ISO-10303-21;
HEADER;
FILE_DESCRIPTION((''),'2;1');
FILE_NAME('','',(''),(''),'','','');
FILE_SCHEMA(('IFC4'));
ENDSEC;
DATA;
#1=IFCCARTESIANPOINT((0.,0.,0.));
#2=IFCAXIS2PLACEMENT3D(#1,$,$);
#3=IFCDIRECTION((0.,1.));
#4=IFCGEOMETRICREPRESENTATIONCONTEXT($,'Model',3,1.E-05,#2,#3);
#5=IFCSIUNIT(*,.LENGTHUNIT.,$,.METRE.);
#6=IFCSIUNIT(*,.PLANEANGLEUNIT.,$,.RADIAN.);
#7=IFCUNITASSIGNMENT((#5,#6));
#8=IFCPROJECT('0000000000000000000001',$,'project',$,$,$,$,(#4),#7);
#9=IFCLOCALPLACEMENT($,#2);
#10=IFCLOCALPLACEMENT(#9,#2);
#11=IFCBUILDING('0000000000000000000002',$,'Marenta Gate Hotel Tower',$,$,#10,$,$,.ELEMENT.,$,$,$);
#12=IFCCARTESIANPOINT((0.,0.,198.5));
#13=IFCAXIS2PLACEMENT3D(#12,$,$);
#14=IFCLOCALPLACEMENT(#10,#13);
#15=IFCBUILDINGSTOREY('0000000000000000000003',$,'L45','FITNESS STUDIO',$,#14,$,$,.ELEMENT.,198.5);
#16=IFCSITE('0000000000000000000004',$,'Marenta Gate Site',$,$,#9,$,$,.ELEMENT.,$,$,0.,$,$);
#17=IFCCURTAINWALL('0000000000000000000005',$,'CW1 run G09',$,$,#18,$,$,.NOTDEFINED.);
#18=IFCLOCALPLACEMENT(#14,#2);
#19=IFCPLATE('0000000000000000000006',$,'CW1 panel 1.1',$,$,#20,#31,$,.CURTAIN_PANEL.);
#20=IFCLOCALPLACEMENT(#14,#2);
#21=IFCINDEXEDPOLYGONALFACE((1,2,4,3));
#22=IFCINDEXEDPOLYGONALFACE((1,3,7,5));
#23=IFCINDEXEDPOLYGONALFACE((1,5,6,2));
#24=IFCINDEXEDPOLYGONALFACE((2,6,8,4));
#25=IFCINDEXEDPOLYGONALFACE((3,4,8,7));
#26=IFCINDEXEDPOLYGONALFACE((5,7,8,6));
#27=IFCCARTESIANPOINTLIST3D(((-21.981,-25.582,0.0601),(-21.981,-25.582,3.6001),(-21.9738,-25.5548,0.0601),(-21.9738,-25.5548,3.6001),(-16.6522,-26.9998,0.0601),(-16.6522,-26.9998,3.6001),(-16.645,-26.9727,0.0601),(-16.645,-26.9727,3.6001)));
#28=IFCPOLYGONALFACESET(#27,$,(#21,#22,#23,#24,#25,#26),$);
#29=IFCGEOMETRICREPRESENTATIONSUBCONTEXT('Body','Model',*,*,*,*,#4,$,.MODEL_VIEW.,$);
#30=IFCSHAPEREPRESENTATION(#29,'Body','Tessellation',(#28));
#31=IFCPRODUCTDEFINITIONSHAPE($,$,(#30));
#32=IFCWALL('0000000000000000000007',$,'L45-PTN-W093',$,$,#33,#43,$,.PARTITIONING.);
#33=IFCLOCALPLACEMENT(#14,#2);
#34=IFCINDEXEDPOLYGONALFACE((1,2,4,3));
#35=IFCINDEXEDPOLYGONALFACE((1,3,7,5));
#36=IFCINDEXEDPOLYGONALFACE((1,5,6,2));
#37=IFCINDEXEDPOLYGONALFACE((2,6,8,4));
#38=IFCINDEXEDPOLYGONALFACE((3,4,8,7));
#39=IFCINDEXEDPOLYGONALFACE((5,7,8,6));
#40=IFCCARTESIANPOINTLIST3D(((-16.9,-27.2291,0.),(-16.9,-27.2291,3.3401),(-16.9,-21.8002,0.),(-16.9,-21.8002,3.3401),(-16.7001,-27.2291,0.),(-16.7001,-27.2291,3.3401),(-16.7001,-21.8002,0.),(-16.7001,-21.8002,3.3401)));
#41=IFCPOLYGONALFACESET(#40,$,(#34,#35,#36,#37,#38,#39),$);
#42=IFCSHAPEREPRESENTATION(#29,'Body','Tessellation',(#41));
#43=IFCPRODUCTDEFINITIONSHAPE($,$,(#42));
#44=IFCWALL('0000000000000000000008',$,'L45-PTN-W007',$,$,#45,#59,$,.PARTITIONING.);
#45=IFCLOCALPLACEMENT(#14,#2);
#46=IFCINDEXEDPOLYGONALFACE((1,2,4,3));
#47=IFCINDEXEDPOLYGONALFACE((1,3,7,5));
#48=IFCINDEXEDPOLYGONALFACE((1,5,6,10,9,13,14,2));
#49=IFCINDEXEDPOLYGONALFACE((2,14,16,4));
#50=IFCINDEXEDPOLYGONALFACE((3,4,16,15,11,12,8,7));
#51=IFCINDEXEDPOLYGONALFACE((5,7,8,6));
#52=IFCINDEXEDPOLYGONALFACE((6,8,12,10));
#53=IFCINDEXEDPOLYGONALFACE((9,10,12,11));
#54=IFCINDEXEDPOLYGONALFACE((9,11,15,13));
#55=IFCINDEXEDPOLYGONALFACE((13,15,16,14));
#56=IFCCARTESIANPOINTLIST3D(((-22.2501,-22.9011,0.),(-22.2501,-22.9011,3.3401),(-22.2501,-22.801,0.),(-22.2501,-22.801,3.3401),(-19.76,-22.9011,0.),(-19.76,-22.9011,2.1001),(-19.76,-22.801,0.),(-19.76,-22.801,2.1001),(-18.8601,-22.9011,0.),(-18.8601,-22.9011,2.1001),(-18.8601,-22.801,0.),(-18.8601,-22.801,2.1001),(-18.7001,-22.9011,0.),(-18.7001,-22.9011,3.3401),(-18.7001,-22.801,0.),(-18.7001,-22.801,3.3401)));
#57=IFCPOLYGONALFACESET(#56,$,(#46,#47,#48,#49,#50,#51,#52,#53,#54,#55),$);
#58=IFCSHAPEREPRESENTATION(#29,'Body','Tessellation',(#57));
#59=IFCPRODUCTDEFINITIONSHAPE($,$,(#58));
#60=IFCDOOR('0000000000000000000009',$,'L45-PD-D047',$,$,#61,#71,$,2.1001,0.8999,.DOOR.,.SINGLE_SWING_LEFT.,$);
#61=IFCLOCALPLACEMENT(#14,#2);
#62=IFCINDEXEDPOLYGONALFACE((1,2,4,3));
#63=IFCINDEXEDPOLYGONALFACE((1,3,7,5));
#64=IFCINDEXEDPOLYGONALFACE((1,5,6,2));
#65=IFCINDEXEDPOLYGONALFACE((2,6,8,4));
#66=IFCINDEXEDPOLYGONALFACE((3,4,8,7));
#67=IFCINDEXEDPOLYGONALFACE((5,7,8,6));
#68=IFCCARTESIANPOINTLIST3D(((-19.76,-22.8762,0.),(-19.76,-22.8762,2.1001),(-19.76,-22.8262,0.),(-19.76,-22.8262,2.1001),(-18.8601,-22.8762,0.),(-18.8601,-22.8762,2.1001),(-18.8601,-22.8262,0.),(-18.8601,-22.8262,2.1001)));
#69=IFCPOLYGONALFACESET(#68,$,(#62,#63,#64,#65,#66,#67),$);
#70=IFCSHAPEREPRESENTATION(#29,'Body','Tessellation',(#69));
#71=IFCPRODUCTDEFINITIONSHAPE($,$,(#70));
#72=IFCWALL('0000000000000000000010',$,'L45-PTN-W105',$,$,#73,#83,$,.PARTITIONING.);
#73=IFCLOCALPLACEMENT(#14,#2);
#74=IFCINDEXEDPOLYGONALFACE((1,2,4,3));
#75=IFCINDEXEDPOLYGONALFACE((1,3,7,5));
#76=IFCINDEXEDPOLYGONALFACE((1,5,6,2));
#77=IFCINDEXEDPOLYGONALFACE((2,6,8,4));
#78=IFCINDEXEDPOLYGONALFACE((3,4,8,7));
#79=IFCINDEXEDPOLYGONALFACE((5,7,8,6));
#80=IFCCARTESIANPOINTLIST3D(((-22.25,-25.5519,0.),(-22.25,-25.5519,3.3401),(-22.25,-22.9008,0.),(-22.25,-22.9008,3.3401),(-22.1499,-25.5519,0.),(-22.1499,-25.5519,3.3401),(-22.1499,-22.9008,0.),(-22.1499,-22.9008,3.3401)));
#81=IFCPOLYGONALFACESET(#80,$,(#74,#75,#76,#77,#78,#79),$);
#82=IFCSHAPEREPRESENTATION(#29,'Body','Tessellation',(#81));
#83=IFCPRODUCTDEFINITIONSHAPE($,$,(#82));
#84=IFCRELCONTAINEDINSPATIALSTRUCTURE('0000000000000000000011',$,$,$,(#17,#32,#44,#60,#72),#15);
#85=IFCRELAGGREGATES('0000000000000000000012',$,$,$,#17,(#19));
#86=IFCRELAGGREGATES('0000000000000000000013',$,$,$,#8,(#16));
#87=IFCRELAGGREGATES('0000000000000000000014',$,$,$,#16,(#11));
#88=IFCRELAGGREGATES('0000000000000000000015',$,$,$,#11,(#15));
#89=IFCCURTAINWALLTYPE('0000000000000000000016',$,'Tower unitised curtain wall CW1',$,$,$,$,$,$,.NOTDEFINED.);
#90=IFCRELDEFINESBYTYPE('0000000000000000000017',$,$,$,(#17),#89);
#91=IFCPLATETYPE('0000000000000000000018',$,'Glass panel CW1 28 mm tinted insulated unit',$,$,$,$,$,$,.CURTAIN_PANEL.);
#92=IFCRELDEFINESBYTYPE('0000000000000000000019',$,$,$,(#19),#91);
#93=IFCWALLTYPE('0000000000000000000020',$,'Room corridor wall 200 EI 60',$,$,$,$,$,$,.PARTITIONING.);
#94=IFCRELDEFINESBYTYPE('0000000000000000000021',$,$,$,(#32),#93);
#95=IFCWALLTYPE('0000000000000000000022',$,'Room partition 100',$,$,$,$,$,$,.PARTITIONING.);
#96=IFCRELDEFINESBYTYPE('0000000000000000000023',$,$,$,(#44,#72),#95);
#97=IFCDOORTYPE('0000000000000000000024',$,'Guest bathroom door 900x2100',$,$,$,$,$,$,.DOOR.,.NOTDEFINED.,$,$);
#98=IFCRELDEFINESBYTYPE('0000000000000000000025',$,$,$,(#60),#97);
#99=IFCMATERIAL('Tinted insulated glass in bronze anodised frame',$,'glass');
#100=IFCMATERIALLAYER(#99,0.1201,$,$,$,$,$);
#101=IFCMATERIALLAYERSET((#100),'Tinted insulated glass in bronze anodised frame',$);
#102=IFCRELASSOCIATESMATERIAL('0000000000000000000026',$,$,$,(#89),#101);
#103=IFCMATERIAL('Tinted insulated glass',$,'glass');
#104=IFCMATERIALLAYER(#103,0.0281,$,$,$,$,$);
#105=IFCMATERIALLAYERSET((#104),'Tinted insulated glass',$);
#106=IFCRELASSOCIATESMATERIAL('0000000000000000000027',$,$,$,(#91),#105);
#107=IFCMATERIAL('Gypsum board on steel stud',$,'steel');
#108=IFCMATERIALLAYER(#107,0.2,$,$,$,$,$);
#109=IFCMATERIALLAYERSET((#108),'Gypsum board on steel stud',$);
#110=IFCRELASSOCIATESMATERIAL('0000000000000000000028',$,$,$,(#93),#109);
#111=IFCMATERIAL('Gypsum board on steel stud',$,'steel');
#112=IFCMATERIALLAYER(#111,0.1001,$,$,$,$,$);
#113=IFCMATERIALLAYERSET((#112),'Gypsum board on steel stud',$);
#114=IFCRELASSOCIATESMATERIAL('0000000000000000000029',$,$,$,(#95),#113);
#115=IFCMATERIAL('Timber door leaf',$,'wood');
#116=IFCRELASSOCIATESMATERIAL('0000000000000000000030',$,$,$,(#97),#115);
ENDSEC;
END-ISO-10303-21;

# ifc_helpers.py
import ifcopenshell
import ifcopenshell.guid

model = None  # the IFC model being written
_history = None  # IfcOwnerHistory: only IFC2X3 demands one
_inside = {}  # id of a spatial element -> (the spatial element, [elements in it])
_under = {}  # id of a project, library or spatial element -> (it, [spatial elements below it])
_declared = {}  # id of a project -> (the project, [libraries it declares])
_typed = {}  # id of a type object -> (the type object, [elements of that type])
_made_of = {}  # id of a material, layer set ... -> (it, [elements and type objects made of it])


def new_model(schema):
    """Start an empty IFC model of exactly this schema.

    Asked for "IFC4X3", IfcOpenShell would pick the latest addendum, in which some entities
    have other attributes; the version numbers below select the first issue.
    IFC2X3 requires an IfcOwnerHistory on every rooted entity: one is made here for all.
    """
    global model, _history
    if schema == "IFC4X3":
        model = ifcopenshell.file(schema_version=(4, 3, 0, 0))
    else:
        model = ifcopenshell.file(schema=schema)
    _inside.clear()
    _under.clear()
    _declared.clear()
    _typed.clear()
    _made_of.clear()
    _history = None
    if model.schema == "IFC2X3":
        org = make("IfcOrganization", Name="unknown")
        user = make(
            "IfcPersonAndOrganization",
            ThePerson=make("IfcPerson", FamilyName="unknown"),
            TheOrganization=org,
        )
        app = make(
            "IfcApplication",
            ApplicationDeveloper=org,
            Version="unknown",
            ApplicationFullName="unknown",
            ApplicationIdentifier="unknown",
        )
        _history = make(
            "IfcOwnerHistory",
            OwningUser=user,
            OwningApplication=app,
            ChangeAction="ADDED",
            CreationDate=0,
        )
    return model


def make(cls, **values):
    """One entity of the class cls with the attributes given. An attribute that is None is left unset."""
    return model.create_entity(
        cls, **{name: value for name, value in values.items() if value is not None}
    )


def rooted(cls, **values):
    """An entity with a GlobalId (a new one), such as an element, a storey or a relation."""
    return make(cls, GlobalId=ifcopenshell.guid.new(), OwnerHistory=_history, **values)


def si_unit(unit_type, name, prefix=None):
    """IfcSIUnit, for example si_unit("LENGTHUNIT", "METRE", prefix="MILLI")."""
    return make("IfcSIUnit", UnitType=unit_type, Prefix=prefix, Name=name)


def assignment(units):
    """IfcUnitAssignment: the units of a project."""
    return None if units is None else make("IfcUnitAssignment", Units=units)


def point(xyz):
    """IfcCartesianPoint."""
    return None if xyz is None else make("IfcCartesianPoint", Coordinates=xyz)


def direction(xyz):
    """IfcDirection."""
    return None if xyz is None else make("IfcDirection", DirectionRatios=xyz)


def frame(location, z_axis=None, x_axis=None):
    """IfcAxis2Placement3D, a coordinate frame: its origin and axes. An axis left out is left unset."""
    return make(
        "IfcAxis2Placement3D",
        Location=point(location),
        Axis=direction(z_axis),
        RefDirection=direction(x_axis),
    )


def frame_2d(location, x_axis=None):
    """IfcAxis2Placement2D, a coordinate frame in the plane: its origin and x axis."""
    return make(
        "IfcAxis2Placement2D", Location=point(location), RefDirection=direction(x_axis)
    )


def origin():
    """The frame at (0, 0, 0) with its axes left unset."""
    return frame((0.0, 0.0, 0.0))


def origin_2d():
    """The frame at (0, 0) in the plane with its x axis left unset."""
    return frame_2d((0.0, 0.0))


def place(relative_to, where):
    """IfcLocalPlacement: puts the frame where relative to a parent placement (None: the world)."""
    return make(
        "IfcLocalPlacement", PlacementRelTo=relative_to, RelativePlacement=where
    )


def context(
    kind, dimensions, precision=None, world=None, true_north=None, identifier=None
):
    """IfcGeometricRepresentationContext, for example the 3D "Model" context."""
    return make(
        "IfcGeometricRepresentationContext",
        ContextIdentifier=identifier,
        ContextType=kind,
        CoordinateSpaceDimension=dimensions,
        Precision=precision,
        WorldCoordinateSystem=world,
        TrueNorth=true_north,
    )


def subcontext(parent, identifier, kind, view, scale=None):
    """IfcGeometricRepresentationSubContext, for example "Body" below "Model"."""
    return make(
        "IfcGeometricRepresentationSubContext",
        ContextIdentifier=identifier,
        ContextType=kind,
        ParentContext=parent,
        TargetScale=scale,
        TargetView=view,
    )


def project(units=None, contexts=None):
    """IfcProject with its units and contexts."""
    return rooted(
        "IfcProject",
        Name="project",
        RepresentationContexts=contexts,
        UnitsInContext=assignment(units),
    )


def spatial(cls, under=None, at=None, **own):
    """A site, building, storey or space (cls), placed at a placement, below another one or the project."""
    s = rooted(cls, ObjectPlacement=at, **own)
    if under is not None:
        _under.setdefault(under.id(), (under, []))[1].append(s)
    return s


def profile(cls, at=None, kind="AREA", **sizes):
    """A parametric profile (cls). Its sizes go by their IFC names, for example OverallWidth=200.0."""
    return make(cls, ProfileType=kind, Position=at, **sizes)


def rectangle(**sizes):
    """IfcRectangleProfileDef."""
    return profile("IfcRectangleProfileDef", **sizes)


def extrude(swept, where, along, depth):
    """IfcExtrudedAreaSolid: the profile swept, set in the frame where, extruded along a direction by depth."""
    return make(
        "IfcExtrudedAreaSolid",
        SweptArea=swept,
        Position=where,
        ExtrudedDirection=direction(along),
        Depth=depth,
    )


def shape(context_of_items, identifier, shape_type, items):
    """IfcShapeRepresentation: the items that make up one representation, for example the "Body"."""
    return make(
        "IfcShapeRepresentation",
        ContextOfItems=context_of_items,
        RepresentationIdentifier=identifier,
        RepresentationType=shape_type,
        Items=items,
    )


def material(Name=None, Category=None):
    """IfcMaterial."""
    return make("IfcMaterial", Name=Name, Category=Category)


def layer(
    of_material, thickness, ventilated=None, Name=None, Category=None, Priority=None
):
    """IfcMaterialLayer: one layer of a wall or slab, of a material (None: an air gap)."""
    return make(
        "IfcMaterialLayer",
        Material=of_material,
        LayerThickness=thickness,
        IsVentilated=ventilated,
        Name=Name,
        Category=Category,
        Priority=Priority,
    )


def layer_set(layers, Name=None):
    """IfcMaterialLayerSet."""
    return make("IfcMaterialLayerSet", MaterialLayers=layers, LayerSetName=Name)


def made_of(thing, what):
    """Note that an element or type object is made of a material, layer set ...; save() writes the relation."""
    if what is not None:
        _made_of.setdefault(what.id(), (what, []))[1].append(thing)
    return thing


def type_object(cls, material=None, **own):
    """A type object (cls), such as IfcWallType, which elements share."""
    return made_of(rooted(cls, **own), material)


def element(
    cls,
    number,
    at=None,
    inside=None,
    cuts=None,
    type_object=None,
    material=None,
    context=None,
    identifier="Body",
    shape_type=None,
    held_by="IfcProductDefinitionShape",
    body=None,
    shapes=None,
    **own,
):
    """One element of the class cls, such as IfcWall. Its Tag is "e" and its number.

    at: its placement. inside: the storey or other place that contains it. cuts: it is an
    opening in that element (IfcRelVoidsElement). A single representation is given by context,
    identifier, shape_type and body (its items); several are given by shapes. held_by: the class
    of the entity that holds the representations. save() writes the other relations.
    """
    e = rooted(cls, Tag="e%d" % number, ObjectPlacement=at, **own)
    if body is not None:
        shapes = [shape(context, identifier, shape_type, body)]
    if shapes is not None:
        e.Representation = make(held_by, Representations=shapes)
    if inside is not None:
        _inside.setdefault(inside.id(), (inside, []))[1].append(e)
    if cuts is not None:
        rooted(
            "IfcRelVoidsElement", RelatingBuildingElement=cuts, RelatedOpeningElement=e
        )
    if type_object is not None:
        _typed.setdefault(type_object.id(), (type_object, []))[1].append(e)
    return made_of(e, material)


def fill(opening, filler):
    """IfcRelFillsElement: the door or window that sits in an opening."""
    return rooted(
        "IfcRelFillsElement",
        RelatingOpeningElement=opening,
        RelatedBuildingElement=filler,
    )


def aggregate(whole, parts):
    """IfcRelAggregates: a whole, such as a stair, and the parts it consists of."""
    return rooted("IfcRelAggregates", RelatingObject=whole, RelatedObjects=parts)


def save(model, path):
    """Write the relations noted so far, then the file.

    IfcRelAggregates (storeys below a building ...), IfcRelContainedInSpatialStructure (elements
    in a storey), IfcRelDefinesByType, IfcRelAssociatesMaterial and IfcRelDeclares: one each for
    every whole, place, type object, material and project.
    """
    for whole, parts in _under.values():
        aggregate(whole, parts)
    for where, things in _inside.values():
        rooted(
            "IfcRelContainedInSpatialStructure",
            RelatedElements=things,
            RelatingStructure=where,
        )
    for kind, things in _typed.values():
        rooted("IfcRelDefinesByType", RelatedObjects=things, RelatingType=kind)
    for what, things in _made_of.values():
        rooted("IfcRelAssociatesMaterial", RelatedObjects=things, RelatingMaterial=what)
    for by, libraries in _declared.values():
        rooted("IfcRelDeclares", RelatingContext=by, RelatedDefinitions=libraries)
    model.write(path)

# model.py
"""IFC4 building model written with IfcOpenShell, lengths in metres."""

from ifc_helpers import new_model, si_unit, direction, frame, frame_2d, origin, origin_2d, place, context, subcontext, project, spatial, rectangle, extrude, material, layer, layer_set, type_object, element, fill, aggregate, save


model = new_model("IFC4")

# Units and contexts
model_context = context("Model", 3, precision=1e-05, world=origin(), true_north=direction((0.0, 1.0)))
body_context = subcontext(model_context, "Body", "Model", "MODEL_VIEW")
ifc_project = project(units=[si_unit("LENGTHUNIT", "METRE"), si_unit("PLANEANGLEUNIT", "RADIAN")], contexts=[model_context])

# Site, building, storey
site_placement = place(None, origin())
site = spatial("IfcSite", under=ifc_project, at=site_placement, Name="Marenta Gate Site", CompositionType="ELEMENT", RefElevation=0.0)
building_placement = place(site_placement, origin())
building = spatial("IfcBuilding", under=site, at=building_placement, Name="Marenta Gate Hotel Tower", CompositionType="ELEMENT")
storey_placement = place(building_placement, frame((0.0, 0.0, 198.5)))
storey = spatial("IfcBuildingStorey", under=building, at=storey_placement, Name="L45", Description="FITNESS STUDIO", CompositionType="ELEMENT", Elevation=198.5)

# Curtain wall
ifc_material_1 = material(Name="Tinted insulated glass in bronze anodised frame", Category="glass")
ifc_layer_1 = layer(ifc_material_1, 0.1201)
ifc_layer_set_1 = layer_set([ifc_layer_1], Name="Tinted insulated glass in bronze anodised frame")
curtain_wall_type = type_object("IfcCurtainWallType", Name="Tower unitised curtain wall CW1", PredefinedType="NOTDEFINED", material=ifc_layer_set_1)
curtain_wall_1_placement = place(storey_placement, origin())
curtain_wall_1 = element("IfcCurtainWall", 1, at=curtain_wall_1_placement, inside=storey, type_object=curtain_wall_type, Name="CW1 run G09", PredefinedType="NOTDEFINED")

# Shared definitions
ifc_material_2 = material(Name="Tinted insulated glass", Category="glass")
ifc_layer_2 = layer(ifc_material_2, 0.0281)
ifc_layer_set_2 = layer_set([ifc_layer_2], Name="Tinted insulated glass")
plate_type = type_object("IfcPlateType", Name="Glass panel CW1 28 mm tinted insulated unit", PredefinedType="CURTAIN_PANEL", material=ifc_layer_set_2)

# Plate
plate_1_placement = place(storey_placement, frame((-19.313, -26.2773, 0.0601), z_axis=(0.0, 0.0, 1.0), x_axis=(0.966376, -0.257132, 0.0)))
plate_1 = element("IfcPlate", 2, at=plate_1_placement, type_object=plate_type, Name="CW1 panel 1.1", PredefinedType="CURTAIN_PANEL", context=body_context, shape_type="SweptSolid", body=[
    extrude(rectangle(XDim=5.5142, YDim=0.0281, at=origin_2d()), origin(), (0.0, 0.0, 1.0), 3.54),
])
aggregate(curtain_wall_1, [plate_1])

# Wall
ifc_material_3 = material(Name="Gypsum board on steel stud", Category="steel")
ifc_layer_3 = layer(ifc_material_3, 0.2)
ifc_layer_set_3 = layer_set([ifc_layer_3], Name="Gypsum board on steel stud")
wall_type_1 = type_object("IfcWallType", Name="Room corridor wall 200 EI 60", PredefinedType="PARTITIONING", material=ifc_layer_set_3)
wall_1_placement = place(storey_placement, frame((-16.8, -27.229, 0.0), z_axis=(0.0, 0.0, 1.0), x_axis=(0.0, 1.0, 0.0)))
element("IfcWall", 3, at=wall_1_placement, inside=storey, type_object=wall_type_1, Name="L45-PTN-W093", PredefinedType="PARTITIONING", context=body_context, shape_type="SweptSolid", body=[
    extrude(rectangle(XDim=5.429, YDim=0.2, at=frame_2d((2.7144, 0.0))), origin(), (0.0, 0.0, 1.0), 3.3401),
])

# Wall, opening, door
ifc_material_4 = material(Name="Gypsum board on steel stud", Category="steel")
ifc_layer_4 = layer(ifc_material_4, 0.1001)
ifc_layer_set_4 = layer_set([ifc_layer_4], Name="Gypsum board on steel stud")
wall_type_2 = type_object("IfcWallType", Name="Room partition 100", PredefinedType="PARTITIONING", material=ifc_layer_set_4)
wall_2_placement = place(storey_placement, frame((-22.25, -22.8511, 0.0), z_axis=(0.0, 0.0, 1.0), x_axis=(1.0, 0.0, 0.0)))
wall_2 = element("IfcWall", 4, at=wall_2_placement, inside=storey, type_object=wall_type_2, Name="L45-PTN-W007", PredefinedType="PARTITIONING", context=body_context, shape_type="SweptSolid", body=[
    extrude(rectangle(XDim=3.55, YDim=0.1001, at=frame_2d((1.7749, 0.0))), origin(), (0.0, 0.0, 1.0), 3.3401),
])
opening_1_placement = place(wall_2_placement, frame((2.49, 0.0, 0.0)))
opening_1 = element("IfcOpeningElement", 5, at=opening_1_placement, cuts=wall_2, PredefinedType="OPENING", context=body_context, shape_type="SweptSolid", body=[
    extrude(rectangle(XDim=0.8999, YDim=2.1001, at=frame_2d((0.45, 1.05))), frame((0.0, 0.05, 0.0), z_axis=(0.0, -1.0, 0.0), x_axis=(1.0, 0.0, 0.0)), (0.0, 0.0, 1.0), 0.1001),
])
ifc_material_5 = material(Name="Timber door leaf", Category="wood")
door_type_1 = type_object("IfcDoorType", Name="Guest bathroom door 900x2100", OperationType="NOTDEFINED", PredefinedType="DOOR", material=ifc_material_5)
door_1_placement = place(opening_1_placement, origin())
door_1 = element("IfcDoor", 6, at=door_1_placement, inside=storey, type_object=door_type_1, Name="L45-PD-D047", OperationType="SINGLE_SWING_LEFT", OverallHeight=2.1001, OverallWidth=0.8999, PredefinedType="DOOR", context=body_context, shape_type="SweptSolid", body=[
    extrude(rectangle(XDim=0.8999, YDim=2.1001, at=frame_2d((0.45, 1.05))), frame((0.0, 0.0249, 0.0), z_axis=(0.0, -1.0, 0.0), x_axis=(1.0, 0.0, 0.0)), (0.0, 0.0, 1.0), 0.05),
])
fill(opening_1, door_1)

# Wall
wall_3_placement = place(storey_placement, frame((-22.2, -25.552, 0.0), z_axis=(0.0, 0.0, 1.0), x_axis=(0.0, 1.0, 0.0)))
element("IfcWall", 7, at=wall_3_placement, inside=storey, type_object=wall_type_2, Name="L45-PTN-W105", PredefinedType="PARTITIONING", context=body_context, shape_type="SweptSolid", body=[
    extrude(rectangle(XDim=2.6511, YDim=0.1001, at=frame_2d((1.3257, 0.0))), origin(), (0.0, 0.0, 1.0), 3.3401),
])

save(model, "model.ifc")
